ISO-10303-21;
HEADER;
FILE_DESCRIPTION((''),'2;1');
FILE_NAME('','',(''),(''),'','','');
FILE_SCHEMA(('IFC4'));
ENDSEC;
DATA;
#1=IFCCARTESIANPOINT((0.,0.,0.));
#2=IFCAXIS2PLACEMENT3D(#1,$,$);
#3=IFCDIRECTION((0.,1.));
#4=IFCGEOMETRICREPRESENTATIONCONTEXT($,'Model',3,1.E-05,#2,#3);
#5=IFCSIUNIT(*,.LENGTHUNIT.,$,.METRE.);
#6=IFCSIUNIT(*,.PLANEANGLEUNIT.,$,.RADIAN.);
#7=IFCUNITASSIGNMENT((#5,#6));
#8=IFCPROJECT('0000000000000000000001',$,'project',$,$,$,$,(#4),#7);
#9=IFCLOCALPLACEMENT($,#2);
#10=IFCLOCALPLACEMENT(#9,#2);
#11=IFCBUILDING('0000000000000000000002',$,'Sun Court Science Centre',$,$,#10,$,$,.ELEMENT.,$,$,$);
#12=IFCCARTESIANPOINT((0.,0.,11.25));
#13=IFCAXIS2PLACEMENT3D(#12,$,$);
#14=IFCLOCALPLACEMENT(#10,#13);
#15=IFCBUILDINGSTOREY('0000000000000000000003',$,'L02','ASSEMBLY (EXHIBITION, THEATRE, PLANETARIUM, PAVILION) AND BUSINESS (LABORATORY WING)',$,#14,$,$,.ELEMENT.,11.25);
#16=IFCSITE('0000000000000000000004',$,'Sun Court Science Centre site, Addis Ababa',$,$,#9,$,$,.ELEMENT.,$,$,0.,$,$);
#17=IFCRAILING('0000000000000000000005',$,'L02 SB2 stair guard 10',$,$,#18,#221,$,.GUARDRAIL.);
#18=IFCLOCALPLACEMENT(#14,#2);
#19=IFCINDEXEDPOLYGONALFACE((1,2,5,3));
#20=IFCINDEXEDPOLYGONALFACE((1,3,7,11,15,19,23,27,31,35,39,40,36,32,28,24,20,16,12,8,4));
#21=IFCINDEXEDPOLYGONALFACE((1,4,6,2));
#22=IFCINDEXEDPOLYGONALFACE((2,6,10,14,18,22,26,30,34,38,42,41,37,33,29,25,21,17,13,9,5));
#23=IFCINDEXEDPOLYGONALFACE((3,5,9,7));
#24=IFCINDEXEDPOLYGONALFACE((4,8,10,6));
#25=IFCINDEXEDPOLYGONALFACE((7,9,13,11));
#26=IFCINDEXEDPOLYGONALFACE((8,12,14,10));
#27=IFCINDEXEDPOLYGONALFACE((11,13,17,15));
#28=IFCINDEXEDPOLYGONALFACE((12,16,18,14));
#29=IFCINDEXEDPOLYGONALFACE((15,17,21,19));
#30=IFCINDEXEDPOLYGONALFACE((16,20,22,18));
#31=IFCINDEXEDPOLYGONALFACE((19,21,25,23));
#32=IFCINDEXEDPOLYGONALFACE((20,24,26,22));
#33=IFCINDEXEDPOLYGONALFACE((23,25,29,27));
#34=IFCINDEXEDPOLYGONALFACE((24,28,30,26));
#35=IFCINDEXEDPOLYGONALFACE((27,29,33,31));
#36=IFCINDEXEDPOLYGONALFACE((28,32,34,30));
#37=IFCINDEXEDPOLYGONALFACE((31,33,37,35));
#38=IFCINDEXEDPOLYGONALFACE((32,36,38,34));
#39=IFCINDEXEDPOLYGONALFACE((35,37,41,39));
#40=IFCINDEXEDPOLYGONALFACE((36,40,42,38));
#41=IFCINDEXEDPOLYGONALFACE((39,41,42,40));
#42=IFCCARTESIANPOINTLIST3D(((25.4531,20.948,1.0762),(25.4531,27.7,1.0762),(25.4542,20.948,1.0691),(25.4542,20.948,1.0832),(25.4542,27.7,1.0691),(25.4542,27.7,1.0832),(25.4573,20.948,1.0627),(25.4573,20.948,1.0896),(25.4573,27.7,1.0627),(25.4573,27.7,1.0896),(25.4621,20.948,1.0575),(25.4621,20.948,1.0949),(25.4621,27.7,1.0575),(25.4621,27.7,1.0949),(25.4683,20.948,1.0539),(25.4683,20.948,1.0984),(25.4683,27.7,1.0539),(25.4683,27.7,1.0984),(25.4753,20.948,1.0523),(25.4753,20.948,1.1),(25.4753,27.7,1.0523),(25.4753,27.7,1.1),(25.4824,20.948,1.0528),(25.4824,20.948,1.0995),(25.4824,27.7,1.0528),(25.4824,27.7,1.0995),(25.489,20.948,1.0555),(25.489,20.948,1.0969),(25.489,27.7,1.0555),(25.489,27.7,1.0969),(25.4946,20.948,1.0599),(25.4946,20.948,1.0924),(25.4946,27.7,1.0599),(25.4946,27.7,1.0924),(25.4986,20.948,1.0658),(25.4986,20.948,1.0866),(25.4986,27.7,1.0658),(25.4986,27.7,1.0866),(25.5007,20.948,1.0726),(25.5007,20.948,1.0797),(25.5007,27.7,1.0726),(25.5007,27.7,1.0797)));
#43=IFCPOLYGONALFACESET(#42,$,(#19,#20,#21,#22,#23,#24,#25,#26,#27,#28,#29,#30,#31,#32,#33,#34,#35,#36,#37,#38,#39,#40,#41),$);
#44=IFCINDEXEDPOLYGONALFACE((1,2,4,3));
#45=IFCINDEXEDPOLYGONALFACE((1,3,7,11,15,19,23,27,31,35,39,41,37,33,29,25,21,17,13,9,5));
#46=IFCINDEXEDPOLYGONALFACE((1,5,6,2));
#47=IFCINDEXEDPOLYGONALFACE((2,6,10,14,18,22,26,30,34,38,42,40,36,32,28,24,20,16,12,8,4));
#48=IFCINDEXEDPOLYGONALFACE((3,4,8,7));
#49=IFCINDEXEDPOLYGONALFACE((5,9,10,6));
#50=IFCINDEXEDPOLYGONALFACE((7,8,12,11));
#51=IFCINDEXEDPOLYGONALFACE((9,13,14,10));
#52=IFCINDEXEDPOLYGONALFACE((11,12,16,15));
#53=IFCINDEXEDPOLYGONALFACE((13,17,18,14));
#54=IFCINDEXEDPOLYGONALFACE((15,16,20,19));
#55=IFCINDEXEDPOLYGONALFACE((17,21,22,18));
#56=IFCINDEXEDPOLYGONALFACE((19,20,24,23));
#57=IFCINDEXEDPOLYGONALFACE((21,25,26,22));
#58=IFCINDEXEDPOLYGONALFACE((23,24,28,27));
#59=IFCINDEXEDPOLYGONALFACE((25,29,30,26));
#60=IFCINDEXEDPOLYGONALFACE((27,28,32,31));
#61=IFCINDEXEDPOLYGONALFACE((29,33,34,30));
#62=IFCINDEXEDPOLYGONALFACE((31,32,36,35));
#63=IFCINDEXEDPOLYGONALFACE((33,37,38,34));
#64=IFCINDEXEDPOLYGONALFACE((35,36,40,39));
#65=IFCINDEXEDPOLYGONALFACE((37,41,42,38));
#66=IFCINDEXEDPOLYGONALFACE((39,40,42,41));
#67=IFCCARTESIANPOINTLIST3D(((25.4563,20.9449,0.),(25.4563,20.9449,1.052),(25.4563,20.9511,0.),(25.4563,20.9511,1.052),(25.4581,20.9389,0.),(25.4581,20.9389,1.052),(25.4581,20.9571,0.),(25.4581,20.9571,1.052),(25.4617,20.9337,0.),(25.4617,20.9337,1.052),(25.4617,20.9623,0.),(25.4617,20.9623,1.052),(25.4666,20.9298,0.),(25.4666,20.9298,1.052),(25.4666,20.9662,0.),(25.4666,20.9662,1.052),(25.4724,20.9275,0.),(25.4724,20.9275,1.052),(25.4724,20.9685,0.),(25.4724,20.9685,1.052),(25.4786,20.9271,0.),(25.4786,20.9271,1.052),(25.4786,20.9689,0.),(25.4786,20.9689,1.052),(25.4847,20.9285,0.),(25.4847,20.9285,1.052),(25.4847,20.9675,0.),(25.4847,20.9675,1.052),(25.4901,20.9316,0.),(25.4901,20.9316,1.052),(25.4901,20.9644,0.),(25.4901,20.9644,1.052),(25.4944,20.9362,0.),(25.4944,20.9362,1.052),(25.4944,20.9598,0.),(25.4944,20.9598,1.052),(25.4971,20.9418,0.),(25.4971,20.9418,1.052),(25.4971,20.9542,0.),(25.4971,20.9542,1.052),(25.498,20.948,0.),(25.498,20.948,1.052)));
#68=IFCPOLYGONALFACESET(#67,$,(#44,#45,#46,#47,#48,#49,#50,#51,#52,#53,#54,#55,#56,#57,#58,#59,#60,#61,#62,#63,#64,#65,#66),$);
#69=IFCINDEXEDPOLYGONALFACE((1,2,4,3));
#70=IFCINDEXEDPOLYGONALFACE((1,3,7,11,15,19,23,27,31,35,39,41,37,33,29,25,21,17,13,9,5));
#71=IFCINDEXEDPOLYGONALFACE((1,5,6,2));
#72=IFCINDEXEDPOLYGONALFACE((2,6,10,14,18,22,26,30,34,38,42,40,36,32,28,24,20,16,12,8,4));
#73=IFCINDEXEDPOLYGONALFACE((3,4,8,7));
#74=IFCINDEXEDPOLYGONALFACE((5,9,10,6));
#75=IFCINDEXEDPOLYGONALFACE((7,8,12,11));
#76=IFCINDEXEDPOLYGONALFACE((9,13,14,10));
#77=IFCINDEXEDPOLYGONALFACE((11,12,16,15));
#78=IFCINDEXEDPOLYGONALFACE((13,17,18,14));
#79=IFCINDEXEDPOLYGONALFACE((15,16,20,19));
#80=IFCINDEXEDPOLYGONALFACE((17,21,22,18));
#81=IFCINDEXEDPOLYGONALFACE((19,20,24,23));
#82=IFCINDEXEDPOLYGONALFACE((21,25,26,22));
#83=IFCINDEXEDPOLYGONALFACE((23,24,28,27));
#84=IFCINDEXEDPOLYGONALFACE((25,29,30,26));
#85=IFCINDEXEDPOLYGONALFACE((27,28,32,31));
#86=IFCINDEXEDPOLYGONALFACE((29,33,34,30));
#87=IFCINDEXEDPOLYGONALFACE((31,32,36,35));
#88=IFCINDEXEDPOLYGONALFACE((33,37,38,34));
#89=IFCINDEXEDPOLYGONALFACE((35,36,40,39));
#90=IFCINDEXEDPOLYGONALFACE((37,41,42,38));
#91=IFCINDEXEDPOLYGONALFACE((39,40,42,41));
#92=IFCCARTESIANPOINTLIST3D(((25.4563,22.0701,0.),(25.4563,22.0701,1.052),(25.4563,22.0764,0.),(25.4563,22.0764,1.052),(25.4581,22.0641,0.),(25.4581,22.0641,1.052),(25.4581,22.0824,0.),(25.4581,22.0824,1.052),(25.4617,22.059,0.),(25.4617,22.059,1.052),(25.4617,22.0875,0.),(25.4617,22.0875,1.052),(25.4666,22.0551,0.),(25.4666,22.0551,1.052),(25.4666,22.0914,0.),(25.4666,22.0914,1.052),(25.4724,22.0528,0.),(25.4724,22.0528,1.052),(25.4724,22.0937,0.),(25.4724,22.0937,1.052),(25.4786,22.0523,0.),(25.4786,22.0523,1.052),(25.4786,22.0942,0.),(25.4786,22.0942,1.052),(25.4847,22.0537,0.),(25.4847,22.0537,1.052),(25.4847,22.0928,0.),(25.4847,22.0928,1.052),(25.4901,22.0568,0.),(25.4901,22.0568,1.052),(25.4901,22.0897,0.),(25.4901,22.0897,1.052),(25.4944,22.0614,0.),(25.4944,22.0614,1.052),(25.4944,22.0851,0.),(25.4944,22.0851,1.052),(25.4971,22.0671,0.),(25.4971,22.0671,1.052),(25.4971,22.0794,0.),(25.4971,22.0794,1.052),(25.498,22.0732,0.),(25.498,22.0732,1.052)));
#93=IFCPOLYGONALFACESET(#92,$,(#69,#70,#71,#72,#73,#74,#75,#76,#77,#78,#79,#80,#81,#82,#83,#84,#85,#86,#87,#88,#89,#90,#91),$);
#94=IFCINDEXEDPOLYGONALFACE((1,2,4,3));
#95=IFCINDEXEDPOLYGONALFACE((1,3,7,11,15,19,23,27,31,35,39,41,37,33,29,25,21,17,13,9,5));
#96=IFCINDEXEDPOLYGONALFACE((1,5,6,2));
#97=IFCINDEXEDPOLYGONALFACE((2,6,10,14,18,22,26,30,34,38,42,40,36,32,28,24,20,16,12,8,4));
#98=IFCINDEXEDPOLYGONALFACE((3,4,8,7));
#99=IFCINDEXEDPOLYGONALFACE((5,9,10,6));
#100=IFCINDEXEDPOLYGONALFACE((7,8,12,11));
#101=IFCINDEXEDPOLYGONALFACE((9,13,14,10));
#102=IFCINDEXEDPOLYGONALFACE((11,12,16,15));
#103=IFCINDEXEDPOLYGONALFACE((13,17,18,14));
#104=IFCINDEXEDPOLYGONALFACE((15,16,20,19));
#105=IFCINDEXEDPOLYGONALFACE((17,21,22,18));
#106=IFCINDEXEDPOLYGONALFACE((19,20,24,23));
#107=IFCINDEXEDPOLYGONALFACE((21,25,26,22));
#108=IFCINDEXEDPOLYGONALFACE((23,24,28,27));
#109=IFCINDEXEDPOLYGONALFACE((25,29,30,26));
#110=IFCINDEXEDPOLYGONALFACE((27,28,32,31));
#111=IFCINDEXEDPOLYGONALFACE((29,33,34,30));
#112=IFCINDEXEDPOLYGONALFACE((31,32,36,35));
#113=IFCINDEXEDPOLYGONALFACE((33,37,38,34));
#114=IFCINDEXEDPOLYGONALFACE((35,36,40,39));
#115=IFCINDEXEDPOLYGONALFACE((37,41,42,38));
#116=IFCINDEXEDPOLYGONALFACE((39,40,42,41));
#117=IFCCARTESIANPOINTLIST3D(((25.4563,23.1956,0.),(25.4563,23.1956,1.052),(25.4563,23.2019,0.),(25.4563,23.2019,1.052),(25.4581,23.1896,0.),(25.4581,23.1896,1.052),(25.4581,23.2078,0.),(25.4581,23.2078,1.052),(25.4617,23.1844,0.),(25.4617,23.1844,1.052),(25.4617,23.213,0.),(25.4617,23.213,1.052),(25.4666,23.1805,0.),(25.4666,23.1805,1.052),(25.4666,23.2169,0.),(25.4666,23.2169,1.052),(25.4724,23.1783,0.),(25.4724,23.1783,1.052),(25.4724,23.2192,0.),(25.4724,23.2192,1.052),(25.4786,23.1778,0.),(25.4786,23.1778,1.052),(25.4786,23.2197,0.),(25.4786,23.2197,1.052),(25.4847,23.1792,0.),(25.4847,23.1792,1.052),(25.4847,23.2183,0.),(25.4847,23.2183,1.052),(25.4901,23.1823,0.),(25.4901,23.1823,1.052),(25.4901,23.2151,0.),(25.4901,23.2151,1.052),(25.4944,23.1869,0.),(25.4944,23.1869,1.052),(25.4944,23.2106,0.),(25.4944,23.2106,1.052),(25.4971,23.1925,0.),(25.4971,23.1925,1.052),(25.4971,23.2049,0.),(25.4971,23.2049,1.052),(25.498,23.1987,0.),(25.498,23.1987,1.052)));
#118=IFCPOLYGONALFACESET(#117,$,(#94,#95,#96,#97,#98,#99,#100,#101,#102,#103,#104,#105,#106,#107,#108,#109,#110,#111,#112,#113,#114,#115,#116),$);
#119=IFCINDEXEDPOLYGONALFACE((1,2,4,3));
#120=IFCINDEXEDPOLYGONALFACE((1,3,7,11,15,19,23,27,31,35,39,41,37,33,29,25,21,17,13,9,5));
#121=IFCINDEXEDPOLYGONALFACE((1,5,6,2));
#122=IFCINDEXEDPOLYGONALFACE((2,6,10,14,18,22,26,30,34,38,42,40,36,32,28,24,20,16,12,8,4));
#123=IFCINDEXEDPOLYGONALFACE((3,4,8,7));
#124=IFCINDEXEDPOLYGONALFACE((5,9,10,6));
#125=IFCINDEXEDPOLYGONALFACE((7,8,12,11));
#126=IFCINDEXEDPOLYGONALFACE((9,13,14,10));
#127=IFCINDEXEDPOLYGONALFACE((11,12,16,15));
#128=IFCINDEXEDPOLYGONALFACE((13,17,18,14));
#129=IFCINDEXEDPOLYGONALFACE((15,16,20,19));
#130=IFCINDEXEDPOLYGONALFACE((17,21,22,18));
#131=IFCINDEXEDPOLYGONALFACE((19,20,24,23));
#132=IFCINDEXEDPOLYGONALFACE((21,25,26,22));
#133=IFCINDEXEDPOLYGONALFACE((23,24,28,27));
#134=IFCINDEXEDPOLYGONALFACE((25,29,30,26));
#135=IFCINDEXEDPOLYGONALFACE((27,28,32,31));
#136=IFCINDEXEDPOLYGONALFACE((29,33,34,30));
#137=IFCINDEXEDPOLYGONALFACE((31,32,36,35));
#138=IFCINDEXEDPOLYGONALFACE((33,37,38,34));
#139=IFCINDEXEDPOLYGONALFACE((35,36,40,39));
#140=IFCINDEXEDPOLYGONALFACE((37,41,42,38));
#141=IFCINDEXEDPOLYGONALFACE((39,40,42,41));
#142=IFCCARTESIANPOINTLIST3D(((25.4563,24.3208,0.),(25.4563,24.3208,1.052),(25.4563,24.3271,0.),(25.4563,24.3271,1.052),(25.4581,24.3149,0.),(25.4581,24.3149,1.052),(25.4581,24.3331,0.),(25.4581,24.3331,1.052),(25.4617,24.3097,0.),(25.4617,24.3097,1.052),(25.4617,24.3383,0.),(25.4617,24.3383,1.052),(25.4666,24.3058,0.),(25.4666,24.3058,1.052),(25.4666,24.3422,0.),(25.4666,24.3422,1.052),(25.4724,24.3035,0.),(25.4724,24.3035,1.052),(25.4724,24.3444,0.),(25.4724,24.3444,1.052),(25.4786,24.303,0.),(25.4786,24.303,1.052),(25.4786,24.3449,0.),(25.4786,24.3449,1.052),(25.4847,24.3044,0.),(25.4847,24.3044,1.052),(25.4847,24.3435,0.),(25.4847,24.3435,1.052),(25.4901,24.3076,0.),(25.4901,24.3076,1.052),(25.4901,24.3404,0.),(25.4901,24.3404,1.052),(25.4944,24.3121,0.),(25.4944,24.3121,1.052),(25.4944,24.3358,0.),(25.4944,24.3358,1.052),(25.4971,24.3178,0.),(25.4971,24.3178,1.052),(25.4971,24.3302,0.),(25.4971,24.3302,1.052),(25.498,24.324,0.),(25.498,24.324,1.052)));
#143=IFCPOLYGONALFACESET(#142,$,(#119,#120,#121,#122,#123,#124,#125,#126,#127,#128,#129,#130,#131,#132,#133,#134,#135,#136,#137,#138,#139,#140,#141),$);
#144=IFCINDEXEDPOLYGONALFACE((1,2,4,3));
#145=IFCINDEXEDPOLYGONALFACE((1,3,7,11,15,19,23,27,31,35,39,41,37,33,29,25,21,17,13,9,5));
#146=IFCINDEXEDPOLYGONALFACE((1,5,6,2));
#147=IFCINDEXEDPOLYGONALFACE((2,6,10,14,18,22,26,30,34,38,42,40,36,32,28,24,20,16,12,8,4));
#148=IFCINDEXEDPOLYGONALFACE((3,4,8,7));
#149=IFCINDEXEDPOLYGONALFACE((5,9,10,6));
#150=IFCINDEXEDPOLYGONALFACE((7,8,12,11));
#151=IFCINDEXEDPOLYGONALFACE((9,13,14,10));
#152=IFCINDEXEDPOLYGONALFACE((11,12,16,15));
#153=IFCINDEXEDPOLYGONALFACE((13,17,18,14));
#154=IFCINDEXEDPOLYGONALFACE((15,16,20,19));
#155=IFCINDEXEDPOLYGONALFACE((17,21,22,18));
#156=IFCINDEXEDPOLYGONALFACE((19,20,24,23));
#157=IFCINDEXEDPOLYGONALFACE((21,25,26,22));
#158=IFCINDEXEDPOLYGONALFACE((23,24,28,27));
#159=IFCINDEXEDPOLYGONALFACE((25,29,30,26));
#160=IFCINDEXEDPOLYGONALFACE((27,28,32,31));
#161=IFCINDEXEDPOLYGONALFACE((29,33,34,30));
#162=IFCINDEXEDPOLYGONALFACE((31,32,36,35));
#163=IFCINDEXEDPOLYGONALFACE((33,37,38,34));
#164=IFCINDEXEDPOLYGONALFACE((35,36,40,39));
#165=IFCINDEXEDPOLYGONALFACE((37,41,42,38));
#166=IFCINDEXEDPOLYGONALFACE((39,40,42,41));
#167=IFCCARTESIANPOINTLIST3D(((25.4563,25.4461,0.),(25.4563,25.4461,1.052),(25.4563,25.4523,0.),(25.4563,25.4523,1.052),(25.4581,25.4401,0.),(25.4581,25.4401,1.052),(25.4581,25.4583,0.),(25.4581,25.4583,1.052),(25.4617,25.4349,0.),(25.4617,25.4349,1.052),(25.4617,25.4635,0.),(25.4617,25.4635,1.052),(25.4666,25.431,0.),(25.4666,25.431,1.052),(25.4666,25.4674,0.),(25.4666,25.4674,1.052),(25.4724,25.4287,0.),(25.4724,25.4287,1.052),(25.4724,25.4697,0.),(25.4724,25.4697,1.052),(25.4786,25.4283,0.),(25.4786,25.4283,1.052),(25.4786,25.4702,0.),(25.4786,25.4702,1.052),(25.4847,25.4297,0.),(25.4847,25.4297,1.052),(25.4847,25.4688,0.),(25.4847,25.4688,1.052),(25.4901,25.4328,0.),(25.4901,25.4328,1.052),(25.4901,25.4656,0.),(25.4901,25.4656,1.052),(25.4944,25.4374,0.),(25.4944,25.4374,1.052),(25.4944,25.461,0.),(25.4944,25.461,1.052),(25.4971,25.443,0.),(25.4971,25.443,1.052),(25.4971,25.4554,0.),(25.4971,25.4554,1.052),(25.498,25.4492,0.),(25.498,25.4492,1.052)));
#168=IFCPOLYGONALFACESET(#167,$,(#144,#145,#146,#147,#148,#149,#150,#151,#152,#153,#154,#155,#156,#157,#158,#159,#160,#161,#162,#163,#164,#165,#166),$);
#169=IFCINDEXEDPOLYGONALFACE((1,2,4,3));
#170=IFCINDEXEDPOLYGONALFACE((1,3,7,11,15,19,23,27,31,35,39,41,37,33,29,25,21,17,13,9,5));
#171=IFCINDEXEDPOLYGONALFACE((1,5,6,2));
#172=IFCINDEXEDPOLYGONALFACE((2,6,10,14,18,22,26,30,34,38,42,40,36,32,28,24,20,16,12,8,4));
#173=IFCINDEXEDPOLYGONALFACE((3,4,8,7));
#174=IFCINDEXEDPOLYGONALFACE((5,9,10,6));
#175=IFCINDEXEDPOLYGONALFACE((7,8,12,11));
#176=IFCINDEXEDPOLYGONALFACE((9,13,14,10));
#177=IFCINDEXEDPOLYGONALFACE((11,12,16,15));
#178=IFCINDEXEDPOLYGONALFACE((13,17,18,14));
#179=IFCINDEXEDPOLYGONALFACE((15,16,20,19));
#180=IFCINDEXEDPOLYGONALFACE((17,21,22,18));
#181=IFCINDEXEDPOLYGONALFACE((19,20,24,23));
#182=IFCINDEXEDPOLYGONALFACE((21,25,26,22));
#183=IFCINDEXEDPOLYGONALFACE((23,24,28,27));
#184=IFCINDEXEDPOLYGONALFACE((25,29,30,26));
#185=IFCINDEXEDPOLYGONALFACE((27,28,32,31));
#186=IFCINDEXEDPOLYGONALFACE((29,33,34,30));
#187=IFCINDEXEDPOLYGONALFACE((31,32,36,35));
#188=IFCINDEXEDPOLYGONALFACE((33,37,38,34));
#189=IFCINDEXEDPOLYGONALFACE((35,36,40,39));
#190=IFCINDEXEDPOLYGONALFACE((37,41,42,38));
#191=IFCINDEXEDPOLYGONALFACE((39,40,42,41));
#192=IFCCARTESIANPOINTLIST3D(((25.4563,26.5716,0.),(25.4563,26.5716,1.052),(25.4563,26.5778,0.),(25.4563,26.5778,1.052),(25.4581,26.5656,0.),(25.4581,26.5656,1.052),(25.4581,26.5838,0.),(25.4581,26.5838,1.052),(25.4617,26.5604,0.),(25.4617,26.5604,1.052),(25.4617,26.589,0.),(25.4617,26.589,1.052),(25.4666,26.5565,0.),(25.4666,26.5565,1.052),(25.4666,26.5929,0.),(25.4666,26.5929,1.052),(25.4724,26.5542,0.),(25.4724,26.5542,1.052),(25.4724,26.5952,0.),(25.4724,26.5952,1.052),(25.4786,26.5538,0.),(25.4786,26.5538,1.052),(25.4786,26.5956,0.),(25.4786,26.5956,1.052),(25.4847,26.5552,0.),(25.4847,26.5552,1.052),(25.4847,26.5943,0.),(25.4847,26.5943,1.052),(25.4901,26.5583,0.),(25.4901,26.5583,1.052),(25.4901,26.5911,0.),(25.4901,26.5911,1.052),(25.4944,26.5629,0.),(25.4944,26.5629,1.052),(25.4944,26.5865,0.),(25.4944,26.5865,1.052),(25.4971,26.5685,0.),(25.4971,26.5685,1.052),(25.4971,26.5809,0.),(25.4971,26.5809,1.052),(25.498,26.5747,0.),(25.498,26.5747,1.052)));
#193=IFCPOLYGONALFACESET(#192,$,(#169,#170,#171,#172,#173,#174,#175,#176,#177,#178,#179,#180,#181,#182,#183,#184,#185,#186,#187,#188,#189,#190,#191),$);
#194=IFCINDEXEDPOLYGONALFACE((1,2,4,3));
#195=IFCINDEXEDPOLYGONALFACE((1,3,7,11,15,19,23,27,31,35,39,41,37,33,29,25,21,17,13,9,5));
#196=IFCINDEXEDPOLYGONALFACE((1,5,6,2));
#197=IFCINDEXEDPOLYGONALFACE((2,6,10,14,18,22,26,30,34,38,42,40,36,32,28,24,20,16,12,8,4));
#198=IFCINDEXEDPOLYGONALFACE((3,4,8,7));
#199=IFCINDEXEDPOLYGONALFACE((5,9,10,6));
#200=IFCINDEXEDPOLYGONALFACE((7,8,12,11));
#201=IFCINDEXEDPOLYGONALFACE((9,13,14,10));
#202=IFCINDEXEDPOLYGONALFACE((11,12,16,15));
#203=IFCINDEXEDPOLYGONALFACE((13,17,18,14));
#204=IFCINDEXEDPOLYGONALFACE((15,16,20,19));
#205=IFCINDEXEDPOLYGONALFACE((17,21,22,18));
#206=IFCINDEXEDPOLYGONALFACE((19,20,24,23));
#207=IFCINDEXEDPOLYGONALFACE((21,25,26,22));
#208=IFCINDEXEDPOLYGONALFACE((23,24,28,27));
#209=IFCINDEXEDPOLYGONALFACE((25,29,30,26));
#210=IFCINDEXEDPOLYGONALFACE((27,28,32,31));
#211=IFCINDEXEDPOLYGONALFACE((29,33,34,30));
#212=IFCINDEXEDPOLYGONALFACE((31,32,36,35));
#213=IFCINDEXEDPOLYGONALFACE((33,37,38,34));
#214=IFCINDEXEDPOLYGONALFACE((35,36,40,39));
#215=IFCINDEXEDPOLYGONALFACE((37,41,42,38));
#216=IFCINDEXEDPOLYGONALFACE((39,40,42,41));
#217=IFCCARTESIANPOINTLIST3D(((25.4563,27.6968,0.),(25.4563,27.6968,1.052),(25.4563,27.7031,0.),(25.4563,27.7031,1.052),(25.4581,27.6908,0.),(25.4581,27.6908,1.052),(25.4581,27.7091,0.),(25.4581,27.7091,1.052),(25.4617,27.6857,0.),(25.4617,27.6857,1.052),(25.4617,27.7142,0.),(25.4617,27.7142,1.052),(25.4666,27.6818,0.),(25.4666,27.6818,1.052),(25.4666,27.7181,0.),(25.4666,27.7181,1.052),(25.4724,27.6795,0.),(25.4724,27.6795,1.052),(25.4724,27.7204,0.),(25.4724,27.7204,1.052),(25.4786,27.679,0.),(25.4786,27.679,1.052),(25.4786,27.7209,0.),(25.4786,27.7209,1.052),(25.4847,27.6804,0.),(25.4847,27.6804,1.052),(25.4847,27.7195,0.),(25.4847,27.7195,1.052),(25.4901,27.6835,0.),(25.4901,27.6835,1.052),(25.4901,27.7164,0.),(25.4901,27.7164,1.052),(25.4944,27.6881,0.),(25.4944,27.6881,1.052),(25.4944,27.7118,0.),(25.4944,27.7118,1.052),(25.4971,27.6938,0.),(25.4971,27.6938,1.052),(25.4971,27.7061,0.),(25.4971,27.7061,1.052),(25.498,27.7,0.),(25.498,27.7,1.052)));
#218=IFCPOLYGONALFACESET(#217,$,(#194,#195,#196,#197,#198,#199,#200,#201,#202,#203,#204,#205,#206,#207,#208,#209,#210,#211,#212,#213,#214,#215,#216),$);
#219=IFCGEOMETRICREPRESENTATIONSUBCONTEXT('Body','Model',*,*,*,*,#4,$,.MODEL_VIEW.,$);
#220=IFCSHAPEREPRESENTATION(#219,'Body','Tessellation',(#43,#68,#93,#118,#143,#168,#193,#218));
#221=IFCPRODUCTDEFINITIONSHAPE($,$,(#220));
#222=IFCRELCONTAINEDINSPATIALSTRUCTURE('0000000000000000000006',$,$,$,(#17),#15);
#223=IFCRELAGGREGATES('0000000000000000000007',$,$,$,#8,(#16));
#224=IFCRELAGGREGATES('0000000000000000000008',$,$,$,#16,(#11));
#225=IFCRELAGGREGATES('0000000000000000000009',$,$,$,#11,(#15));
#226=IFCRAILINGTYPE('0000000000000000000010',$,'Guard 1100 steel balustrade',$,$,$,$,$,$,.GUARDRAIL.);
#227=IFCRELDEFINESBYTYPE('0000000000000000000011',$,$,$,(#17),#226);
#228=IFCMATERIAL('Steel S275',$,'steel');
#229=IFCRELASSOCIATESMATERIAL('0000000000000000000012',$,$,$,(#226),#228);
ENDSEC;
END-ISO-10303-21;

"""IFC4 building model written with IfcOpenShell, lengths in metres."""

from ifc_helpers import new_model, si_unit, direction, frame, origin, origin_2d, place, context, subcontext, project, spatial, circle, extrude, material, type_object, element, save


model = new_model("IFC4")

# Units and contexts
model_context = context("Model", 3, precision=1e-05, world=origin(), true_north=direction((0.0, 1.0)))
body_context = subcontext(model_context, "Body", "Model", "MODEL_VIEW")
ifc_project = project(units=[si_unit("LENGTHUNIT", "METRE"), si_unit("PLANEANGLEUNIT", "RADIAN")], contexts=[model_context])

# Site, building, storey
site_placement = place(None, origin())
site = spatial("IfcSite", under=ifc_project, at=site_placement, Name="Sun Court Science Centre site, Addis Ababa", CompositionType="ELEMENT", RefElevation=0.0)
building_placement = place(site_placement, origin())
building = spatial("IfcBuilding", under=site, at=building_placement, Name="Sun Court Science Centre", CompositionType="ELEMENT")
storey_placement = place(building_placement, frame((0.0, 0.0, 11.25)))
storey = spatial("IfcBuildingStorey", under=building, at=storey_placement, Name="L02", Description="ASSEMBLY (EXHIBITION, THEATRE, PLANETARIUM, PAVILION) AND BUSINESS (LABORATORY WING)", CompositionType="ELEMENT", Elevation=11.25)

# Railing
ifc_material_1 = material(Name="Steel S275", Category="steel")
railing_type = type_object("IfcRailingType", Name="Guard 1100 steel balustrade", PredefinedType="GUARDRAIL", material=ifc_material_1)
railing_1_placement = place(storey_placement, frame((25.4771, 20.948, 0.0)))
element("IfcRailing", 1, at=railing_1_placement, inside=storey, type_object=railing_type, Name="L02 SB2 stair guard 10", PredefinedType="GUARDRAIL", context=body_context, shape_type="SweptSolid", body=[
    extrude(circle(Radius=0.0239, at=origin_2d()), frame((0.0, 0.0, 1.0762), z_axis=(0.0, 1.0, 0.0), x_axis=(-1.0, 0.0, 0.0)), (0.0, 0.0, 1.0), 6.752),
    extrude(circle(Radius=0.021, at=origin_2d()), origin(), (0.0, 0.0, 1.0), 1.052),
    extrude(circle(Radius=0.021, at=origin_2d()), frame((0.0, 1.1252, 0.0)), (0.0, 0.0, 1.0), 1.052),
    extrude(circle(Radius=0.021, at=origin_2d()), frame((0.0, 2.2507, 0.0)), (0.0, 0.0, 1.0), 1.052),
    extrude(circle(Radius=0.021, at=origin_2d()), frame((0.0, 3.376, 0.0)), (0.0, 0.0, 1.0), 1.052),
    extrude(circle(Radius=0.021, at=origin_2d()), frame((0.0, 4.5012, 0.0)), (0.0, 0.0, 1.0), 1.052),
    extrude(circle(Radius=0.021, at=origin_2d()), frame((0.0, 5.6267, 0.0)), (0.0, 0.0, 1.0), 1.052),
    extrude(circle(Radius=0.021, at=origin_2d()), frame((0.0, 6.752, 0.0)), (0.0, 0.0, 1.0), 1.052),
])

save(model, "model.ifc")
